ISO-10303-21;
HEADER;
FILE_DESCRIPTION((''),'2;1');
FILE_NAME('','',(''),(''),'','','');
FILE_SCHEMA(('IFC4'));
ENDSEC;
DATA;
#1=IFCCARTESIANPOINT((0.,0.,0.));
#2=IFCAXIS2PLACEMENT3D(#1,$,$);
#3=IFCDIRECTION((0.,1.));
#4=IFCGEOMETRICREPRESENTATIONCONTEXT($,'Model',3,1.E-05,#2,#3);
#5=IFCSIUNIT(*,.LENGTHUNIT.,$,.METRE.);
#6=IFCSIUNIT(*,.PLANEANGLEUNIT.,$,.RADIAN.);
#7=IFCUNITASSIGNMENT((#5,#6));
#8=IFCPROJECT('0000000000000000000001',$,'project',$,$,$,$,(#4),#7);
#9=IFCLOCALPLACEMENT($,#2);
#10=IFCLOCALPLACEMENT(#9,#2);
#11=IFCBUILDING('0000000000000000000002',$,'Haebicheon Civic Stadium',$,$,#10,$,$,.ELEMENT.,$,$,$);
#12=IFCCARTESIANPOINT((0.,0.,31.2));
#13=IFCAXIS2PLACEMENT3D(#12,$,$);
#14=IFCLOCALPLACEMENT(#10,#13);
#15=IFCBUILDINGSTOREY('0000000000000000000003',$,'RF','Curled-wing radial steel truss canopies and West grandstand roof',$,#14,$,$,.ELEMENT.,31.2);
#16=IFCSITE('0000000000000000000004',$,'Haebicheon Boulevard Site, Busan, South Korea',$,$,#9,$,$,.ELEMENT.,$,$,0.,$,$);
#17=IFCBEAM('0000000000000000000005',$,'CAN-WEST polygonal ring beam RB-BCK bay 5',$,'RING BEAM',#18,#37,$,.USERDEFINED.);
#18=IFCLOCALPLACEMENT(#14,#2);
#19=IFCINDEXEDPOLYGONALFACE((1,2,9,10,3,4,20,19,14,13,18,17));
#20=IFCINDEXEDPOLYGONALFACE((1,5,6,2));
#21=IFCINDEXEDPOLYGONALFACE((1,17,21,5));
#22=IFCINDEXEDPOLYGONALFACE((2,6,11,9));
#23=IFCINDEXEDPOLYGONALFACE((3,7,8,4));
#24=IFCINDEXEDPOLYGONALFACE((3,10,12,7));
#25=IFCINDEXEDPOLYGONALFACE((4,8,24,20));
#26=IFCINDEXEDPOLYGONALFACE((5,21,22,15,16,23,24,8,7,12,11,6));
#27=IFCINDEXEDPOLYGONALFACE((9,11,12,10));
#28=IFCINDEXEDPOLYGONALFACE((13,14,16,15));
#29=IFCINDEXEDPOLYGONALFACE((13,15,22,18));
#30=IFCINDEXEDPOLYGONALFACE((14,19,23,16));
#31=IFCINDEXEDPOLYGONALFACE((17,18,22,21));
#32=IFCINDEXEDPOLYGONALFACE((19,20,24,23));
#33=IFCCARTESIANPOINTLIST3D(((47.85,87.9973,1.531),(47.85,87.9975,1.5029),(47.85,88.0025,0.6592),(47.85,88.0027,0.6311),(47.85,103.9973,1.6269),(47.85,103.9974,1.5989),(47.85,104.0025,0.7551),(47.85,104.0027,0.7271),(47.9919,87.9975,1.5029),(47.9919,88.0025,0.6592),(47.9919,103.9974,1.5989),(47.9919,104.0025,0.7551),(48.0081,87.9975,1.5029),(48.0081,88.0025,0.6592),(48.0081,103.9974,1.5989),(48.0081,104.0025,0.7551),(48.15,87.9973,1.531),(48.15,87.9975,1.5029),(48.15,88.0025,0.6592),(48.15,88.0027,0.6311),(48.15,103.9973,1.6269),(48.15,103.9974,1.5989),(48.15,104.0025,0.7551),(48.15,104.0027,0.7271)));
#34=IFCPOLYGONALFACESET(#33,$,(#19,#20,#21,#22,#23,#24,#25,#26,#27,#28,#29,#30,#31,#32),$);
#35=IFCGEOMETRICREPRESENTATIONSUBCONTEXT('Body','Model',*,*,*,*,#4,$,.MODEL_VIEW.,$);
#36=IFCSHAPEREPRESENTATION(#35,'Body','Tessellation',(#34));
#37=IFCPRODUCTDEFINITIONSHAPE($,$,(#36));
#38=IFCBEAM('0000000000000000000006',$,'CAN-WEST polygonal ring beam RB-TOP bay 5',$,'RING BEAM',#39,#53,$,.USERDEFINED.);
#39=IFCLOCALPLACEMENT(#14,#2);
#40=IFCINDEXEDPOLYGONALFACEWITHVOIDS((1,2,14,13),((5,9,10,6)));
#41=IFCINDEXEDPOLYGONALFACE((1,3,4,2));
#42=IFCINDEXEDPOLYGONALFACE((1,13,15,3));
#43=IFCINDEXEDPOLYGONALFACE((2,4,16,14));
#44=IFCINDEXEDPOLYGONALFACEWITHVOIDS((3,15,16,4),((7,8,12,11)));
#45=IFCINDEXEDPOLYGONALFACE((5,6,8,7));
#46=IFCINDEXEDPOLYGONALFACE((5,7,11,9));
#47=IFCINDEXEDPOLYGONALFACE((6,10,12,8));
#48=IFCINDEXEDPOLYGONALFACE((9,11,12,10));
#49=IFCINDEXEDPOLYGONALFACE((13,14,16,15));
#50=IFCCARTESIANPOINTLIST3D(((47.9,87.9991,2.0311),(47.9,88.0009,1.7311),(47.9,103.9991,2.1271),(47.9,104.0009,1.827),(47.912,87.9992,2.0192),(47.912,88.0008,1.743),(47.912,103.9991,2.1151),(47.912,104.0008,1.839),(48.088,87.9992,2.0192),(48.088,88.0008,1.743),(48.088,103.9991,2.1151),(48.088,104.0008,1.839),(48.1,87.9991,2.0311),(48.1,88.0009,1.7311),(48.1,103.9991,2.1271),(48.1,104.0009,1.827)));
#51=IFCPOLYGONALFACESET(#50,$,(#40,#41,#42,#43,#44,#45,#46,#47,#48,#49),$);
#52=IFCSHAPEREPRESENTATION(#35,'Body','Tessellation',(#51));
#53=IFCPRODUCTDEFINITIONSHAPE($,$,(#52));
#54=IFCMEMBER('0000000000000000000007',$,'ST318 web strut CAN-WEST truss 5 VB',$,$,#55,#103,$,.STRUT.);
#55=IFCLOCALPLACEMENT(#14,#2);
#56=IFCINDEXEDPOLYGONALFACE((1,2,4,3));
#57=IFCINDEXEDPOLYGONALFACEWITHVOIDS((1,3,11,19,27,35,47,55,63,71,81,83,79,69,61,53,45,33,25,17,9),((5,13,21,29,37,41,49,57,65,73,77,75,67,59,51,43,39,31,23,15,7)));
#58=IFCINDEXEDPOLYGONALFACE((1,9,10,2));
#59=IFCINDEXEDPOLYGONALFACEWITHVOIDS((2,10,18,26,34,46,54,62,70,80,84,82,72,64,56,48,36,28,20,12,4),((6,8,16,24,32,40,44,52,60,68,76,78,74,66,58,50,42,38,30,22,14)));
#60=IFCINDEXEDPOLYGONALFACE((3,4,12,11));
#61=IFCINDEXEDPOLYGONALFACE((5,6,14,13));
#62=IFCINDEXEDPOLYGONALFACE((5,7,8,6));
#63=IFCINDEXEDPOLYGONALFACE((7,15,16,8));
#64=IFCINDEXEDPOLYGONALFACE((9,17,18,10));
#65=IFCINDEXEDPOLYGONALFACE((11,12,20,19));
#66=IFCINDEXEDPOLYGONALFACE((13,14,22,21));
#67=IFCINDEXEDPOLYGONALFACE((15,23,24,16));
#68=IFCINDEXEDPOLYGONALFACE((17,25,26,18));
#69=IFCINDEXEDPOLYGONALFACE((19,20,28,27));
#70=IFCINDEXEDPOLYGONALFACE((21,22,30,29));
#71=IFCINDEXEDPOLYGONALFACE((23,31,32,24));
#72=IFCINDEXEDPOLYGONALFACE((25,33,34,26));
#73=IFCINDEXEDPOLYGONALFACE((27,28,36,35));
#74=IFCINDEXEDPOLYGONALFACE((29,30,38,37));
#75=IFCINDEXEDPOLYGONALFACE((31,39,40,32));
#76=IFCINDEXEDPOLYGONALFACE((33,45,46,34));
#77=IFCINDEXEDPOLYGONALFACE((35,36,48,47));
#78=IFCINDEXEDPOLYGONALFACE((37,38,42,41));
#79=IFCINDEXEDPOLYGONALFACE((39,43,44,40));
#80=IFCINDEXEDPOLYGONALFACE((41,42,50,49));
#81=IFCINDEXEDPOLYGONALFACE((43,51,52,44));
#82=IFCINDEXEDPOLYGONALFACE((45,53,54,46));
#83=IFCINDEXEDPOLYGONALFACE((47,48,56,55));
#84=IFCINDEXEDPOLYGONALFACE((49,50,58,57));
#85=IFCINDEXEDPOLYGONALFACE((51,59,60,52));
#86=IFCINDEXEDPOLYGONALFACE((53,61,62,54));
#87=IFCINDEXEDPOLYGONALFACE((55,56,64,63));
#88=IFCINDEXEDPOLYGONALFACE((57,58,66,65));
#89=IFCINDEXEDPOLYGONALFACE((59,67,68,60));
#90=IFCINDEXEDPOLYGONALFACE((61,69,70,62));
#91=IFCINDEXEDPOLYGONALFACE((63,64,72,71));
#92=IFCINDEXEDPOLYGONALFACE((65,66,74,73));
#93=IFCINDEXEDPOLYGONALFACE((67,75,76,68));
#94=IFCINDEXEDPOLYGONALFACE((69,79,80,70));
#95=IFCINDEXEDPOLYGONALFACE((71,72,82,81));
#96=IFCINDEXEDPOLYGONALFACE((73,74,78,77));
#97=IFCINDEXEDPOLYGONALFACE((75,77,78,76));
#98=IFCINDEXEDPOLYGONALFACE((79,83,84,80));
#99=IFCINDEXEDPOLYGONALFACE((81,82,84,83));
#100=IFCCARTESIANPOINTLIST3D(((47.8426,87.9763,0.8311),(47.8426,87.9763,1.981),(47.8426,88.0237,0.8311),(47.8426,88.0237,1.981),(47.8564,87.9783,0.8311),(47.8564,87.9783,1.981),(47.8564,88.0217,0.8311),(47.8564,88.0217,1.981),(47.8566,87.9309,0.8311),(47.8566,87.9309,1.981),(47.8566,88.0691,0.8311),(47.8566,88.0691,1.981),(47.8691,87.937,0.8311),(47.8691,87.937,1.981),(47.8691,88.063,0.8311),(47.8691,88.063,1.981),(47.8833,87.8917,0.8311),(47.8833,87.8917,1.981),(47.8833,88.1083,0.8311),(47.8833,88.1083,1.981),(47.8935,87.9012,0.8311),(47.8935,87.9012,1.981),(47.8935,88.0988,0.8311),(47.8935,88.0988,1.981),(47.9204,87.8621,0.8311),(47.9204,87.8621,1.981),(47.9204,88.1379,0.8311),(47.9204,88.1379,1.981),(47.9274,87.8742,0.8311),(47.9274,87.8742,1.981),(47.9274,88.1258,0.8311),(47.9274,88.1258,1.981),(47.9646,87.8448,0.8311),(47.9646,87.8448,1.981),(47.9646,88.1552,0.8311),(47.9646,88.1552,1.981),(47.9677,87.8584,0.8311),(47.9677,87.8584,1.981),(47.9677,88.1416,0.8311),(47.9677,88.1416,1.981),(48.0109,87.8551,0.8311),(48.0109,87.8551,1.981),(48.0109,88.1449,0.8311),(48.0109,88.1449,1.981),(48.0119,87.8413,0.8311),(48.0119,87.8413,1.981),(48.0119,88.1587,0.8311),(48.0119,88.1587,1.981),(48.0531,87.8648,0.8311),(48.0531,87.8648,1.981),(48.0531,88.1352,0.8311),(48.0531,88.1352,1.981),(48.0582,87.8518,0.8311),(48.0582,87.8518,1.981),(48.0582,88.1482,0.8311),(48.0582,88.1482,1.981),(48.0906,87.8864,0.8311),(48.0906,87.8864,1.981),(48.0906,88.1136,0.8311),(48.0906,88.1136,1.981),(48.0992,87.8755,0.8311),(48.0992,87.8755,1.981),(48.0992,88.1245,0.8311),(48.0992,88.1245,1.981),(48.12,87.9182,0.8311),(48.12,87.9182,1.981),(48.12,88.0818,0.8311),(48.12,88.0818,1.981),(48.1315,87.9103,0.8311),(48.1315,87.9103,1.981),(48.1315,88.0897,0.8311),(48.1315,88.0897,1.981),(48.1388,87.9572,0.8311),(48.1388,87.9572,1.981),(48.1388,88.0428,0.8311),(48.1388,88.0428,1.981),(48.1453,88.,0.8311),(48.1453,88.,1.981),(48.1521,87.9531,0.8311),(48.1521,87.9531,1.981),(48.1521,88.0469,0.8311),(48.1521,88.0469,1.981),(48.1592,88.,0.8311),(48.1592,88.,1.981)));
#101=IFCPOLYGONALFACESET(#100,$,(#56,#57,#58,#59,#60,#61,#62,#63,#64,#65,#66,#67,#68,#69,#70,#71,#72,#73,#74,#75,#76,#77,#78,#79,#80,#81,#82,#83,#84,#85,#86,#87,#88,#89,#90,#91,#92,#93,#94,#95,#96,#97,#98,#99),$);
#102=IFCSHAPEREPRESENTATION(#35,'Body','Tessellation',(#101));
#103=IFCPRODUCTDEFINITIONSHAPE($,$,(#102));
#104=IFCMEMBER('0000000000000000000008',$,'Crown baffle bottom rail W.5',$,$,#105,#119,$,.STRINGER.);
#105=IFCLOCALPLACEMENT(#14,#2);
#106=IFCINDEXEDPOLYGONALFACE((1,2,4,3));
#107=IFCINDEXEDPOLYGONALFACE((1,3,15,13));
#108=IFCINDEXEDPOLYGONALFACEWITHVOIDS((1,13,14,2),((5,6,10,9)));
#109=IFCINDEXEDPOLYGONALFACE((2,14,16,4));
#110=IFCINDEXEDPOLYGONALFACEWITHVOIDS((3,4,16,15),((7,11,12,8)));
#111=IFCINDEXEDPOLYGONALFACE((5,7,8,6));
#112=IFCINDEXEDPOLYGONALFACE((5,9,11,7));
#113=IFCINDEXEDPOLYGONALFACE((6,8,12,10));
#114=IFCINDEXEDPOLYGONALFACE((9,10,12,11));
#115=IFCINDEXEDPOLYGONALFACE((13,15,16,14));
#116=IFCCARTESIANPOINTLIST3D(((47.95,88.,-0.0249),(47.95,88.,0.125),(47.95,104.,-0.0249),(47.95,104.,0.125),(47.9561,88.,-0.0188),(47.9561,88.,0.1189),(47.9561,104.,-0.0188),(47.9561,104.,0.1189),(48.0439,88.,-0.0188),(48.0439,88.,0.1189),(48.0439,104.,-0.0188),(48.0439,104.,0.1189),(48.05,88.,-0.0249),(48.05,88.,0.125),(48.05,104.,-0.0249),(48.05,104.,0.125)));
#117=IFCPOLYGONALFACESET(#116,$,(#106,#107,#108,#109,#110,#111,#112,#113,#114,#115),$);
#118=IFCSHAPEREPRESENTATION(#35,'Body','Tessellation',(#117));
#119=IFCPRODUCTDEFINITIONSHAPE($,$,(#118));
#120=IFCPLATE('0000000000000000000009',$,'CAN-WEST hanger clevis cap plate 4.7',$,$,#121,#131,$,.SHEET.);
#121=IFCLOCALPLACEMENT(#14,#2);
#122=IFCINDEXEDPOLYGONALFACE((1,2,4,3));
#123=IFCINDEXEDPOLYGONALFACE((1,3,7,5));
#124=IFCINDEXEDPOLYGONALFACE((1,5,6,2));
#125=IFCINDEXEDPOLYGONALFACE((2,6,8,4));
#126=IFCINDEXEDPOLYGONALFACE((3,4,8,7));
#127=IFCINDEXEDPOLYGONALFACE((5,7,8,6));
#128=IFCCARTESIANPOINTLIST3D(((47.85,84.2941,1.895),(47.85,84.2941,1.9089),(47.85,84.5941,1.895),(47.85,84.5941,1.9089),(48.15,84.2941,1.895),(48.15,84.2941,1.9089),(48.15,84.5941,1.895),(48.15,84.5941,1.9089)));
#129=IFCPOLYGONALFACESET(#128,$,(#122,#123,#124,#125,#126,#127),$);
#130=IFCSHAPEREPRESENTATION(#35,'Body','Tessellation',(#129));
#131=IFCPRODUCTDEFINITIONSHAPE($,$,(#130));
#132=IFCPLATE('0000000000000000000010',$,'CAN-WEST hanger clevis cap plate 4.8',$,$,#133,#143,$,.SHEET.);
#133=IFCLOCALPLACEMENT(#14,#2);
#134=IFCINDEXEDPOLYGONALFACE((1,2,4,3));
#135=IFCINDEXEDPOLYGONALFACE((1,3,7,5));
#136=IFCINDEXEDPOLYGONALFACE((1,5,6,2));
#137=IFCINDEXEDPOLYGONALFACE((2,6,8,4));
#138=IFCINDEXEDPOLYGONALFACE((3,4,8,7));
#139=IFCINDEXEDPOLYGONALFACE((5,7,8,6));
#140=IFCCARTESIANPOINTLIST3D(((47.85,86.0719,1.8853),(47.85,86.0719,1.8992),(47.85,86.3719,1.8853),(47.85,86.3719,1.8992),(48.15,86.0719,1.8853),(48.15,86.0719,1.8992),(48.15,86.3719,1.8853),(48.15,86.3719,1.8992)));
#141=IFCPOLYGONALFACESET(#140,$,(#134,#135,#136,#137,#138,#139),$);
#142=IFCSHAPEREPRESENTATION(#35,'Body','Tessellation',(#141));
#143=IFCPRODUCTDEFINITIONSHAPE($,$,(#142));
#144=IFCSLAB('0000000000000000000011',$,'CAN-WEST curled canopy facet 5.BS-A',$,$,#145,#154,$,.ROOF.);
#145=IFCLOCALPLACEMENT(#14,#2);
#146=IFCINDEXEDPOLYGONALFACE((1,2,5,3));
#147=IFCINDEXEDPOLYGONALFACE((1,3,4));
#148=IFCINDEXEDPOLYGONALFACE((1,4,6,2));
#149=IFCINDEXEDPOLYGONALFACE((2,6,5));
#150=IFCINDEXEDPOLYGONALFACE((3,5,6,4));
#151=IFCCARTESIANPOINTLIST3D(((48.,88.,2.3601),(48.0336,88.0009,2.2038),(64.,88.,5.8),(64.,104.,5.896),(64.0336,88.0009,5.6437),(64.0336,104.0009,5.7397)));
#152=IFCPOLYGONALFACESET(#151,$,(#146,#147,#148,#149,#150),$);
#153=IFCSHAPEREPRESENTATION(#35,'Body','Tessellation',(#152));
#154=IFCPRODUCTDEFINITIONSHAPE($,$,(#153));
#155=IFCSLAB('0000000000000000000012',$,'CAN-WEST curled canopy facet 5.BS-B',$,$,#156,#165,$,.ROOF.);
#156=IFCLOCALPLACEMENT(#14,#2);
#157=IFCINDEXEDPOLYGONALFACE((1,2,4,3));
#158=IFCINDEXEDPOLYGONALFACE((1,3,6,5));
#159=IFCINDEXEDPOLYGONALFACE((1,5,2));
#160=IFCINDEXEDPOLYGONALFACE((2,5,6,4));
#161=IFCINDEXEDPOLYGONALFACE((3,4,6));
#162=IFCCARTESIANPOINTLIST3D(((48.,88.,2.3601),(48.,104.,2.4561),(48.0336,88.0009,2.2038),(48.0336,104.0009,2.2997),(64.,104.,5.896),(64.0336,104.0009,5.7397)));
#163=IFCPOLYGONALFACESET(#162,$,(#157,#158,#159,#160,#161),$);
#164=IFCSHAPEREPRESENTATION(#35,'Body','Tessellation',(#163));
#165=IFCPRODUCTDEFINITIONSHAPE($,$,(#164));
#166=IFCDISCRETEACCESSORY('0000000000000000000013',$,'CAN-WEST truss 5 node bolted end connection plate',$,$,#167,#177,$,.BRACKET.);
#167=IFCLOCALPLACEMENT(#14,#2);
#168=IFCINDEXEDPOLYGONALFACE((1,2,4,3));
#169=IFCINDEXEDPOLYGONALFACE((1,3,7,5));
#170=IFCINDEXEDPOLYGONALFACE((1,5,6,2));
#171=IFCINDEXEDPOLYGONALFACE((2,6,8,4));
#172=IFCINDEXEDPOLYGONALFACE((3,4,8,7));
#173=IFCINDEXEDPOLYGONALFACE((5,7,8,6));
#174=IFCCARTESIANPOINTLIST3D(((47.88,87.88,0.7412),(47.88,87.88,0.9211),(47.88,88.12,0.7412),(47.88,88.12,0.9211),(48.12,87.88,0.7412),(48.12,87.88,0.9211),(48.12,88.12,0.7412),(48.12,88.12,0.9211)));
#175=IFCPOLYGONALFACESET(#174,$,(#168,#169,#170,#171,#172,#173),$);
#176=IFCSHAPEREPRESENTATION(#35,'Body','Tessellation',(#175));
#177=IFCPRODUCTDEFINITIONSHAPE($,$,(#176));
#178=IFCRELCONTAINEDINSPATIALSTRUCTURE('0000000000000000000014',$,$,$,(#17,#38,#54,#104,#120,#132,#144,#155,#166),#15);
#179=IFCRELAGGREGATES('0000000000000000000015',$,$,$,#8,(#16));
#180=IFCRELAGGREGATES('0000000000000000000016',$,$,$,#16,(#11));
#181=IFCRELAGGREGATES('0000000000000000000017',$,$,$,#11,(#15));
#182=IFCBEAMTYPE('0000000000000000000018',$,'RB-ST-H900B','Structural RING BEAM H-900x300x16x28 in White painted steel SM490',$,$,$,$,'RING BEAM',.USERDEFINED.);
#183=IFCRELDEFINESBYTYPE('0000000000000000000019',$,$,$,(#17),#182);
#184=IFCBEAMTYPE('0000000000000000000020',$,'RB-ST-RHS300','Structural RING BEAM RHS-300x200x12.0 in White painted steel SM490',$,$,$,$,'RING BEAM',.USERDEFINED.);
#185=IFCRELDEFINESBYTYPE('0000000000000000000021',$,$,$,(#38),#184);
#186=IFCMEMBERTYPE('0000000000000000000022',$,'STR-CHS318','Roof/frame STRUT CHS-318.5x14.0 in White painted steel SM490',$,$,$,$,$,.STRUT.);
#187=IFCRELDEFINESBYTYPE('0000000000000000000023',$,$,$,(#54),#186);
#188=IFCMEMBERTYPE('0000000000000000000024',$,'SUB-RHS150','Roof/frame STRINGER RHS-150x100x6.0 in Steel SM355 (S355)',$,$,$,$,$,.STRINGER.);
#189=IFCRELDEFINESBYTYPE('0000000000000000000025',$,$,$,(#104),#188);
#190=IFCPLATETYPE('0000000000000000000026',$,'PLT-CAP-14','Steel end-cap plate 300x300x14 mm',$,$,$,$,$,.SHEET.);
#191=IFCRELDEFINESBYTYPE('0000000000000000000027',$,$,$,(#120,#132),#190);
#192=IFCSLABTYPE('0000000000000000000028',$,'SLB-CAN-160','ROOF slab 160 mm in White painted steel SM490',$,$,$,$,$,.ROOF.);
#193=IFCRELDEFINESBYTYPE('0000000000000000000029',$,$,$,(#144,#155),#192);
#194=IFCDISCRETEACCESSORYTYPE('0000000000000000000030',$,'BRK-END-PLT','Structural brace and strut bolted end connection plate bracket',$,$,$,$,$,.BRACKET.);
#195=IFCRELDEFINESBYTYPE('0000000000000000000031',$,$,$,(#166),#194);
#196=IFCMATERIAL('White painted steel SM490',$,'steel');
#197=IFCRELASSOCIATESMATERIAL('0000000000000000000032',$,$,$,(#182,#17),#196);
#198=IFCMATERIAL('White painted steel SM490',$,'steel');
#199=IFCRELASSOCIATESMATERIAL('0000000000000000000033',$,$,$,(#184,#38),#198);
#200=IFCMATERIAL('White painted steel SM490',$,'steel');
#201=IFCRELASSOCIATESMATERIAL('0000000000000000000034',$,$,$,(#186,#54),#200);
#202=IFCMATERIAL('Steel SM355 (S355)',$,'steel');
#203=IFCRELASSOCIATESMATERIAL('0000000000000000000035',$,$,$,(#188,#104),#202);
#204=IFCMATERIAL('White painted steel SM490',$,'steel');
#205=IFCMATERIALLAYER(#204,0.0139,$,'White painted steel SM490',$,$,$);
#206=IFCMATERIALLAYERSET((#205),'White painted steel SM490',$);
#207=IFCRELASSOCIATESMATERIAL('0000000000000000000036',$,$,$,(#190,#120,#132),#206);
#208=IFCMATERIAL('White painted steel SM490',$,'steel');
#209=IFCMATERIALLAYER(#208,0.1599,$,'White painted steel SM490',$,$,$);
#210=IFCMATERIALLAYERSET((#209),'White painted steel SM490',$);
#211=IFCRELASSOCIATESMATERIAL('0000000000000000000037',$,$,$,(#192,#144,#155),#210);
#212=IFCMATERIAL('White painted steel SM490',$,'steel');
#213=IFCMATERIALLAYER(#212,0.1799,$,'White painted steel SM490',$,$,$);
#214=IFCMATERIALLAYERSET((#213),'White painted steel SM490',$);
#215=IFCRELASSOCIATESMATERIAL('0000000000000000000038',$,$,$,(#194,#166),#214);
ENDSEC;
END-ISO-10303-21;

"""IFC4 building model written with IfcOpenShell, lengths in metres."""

from ifc_helpers import new_model, si_unit, direction, frame, origin, origin_2d, place, context, subcontext, project, spatial, polyline, rectangle, hollow_rectangle, hollow_circle, i_section, outline, extrude, material, layer, layer_set, material_profile, profile_set, type_object, element, save


model = new_model("IFC4")

# Units and contexts
model_context = context("Model", 3, precision=1e-05, world=origin(), true_north=direction((0.0, 1.0)))
body_context = subcontext(model_context, "Body", "Model", "MODEL_VIEW")
ifc_project = project(units=[si_unit("LENGTHUNIT", "METRE"), si_unit("PLANEANGLEUNIT", "RADIAN")], contexts=[model_context])

# Site, building, storey
site_placement = place(None, origin())
site = spatial("IfcSite", under=ifc_project, at=site_placement, Name="Haebicheon Boulevard Site, Busan, South Korea", CompositionType="ELEMENT", RefElevation=0.0)
building_placement = place(site_placement, origin())
building = spatial("IfcBuilding", under=site, at=building_placement, Name="Haebicheon Civic Stadium", CompositionType="ELEMENT")
storey_placement = place(building_placement, frame((0.0, 0.0, 31.2)))
storey = spatial("IfcBuildingStorey", under=building, at=storey_placement, Name="RF", Description="Curled-wing radial steel truss canopies and West grandstand roof", CompositionType="ELEMENT", Elevation=31.2)

# Beams
ifc_material_1 = material(Name="White painted steel SM490", Category="steel")
ifc_material_profile_1 = material_profile(ifc_material_1, i_section(OverallWidth=0.3, OverallDepth=0.8999, WebThickness=0.0161, FlangeThickness=0.0281, at=origin_2d()), Name="H-900x300x16x28")
ifc_profile_set_1 = profile_set([ifc_material_profile_1], Name="White painted steel SM490")
beam_type_1 = type_object("IfcBeamType", Name="RB-ST-H900B", Description="Structural RING BEAM H-900x300x16x28 in White painted steel SM490", ElementType="RING BEAM", PredefinedType="USERDEFINED", material=ifc_profile_set_1)
beam_1_placement = place(storey_placement, frame((48.0, 88.0, 1.0811), z_axis=(0.0, 0.999982, 0.005997), x_axis=(-1.0, 0.0, 0.0)))
element("IfcBeam", 1, at=beam_1_placement, inside=storey, type_object=beam_type_1, material=ifc_profile_set_1, Name="CAN-WEST polygonal ring beam RB-BCK bay 5", ObjectType="RING BEAM", PredefinedType="USERDEFINED", context=body_context, shape_type="SweptSolid", body=[
    extrude(i_section(OverallWidth=0.3, OverallDepth=0.8999, WebThickness=0.0161, FlangeThickness=0.0281, at=origin_2d()), origin(), (0.0, 0.0, 1.0), 16.0002),
])
ifc_material_2 = material(Name="White painted steel SM490", Category="steel")
ifc_material_profile_2 = material_profile(ifc_material_2, hollow_rectangle(XDim=0.2, YDim=0.3, WallThickness=0.012, at=origin_2d()), Name="RHS-300x200x12.0")
ifc_profile_set_2 = profile_set([ifc_material_profile_2], Name="White painted steel SM490")
beam_type_2 = type_object("IfcBeamType", Name="RB-ST-RHS300", Description="Structural RING BEAM RHS-300x200x12.0 in White painted steel SM490", ElementType="RING BEAM", PredefinedType="USERDEFINED", material=ifc_profile_set_2)
beam_2_placement = place(storey_placement, frame((48.0, 88.0, 1.8811), z_axis=(0.0, 0.999982, 0.005997), x_axis=(-1.0, 0.0, 0.0)))
element("IfcBeam", 2, at=beam_2_placement, inside=storey, type_object=beam_type_2, material=ifc_profile_set_2, Name="CAN-WEST polygonal ring beam RB-TOP bay 5", ObjectType="RING BEAM", PredefinedType="USERDEFINED", context=body_context, shape_type="SweptSolid", body=[
    extrude(hollow_rectangle(XDim=0.2, YDim=0.3, WallThickness=0.012, at=origin_2d()), origin(), (0.0, 0.0, 1.0), 16.0002),
])

# Members
ifc_material_3 = material(Name="White painted steel SM490", Category="steel")
ifc_material_profile_3 = material_profile(ifc_material_3, hollow_circle(Radius=0.1592, WallThickness=0.0139, at=origin_2d()), Name="CHS-318.5x14.0")
ifc_profile_set_3 = profile_set([ifc_material_profile_3], Name="White painted steel SM490")
member_type_1 = type_object("IfcMemberType", Name="STR-CHS318", Description="Roof/frame STRUT CHS-318.5x14.0 in White painted steel SM490", PredefinedType="STRUT", material=ifc_profile_set_3)
member_1_placement = place(storey_placement, frame((48.0, 88.0, 0.8311), z_axis=(0.0, 0.0, 1.0), x_axis=(1.0, 0.0, 0.0)))
element("IfcMember", 3, at=member_1_placement, inside=storey, type_object=member_type_1, material=ifc_profile_set_3, Name="ST318 web strut CAN-WEST truss 5 VB", PredefinedType="STRUT", context=body_context, shape_type="SweptSolid", body=[
    extrude(hollow_circle(Radius=0.1592, WallThickness=0.0139, at=origin_2d()), origin(), (0.0, 0.0, 1.0), 1.1499),
])
ifc_material_4 = material(Name="Steel SM355 (S355)", Category="steel")
ifc_material_profile_4 = material_profile(ifc_material_4, hollow_rectangle(XDim=0.1001, YDim=0.1499, WallThickness=0.0061, at=origin_2d()), Name="RHS-150x100x6.0")
ifc_profile_set_4 = profile_set([ifc_material_profile_4], Name="Steel SM355 (S355)")
member_type_2 = type_object("IfcMemberType", Name="SUB-RHS150", Description="Roof/frame STRINGER RHS-150x100x6.0 in Steel SM355 (S355)", PredefinedType="STRINGER", material=ifc_profile_set_4)
member_2_placement = place(storey_placement, frame((48.0, 88.0, 0.05), z_axis=(0.0, 1.0, 0.0), x_axis=(-1.0, 0.0, 0.0)))
element("IfcMember", 4, at=member_2_placement, inside=storey, type_object=member_type_2, material=ifc_profile_set_4, Name="Crown baffle bottom rail W.5", PredefinedType="STRINGER", context=body_context, shape_type="SweptSolid", body=[
    extrude(hollow_rectangle(XDim=0.1001, YDim=0.1499, WallThickness=0.0061, at=origin_2d()), origin(), (0.0, 0.0, 1.0), 16.0),
])

# Plates
ifc_material_5 = material(Name="White painted steel SM490", Category="steel")
ifc_layer_1 = layer(ifc_material_5, 0.0139, Name="White painted steel SM490")
ifc_layer_set_1 = layer_set([ifc_layer_1], Name="White painted steel SM490")
plate_type = type_object("IfcPlateType", Name="PLT-CAP-14", Description="Steel end-cap plate 300x300x14 mm", PredefinedType="SHEET", material=ifc_layer_set_1)
for number, where, z_axis, x_axis, name in (
    (5, (48.0, 84.4441, 1.895), (0.0, 0.0, 1.0), (1.0, 0.0, 0.0), "CAN-WEST hanger clevis cap plate 4.7"),
    (6, (48.0, 86.2219, 1.8853), (0.0, 0.0, 1.0), (1.0, 0.0, 0.0), "CAN-WEST hanger clevis cap plate 4.8"),
):
    element("IfcPlate", number, at=place(storey_placement, frame(where, z_axis=z_axis, x_axis=x_axis)), inside=storey, type_object=plate_type, material=ifc_layer_set_1, Name=name, PredefinedType="SHEET", context=body_context, shape_type="SweptSolid", body=[
        extrude(rectangle(XDim=0.3, YDim=0.3, at=origin_2d()), origin(), (0.0, 0.0, 1.0), 0.0139),
    ])

# Slabs
ifc_material_6 = material(Name="White painted steel SM490", Category="steel")
ifc_layer_2 = layer(ifc_material_6, 0.1599, Name="White painted steel SM490")
ifc_layer_set_2 = layer_set([ifc_layer_2], Name="White painted steel SM490")
slab_type = type_object("IfcSlabType", Name="SLB-CAN-160", Description="ROOF slab 160 mm in White painted steel SM490", PredefinedType="ROOF", material=ifc_layer_set_2)
slab_1_placement = place(storey_placement, frame((48.0, 88.0, 2.3601), z_axis=(-0.21019, -0.005863, 0.977643), x_axis=(0.97766, 0.0, 0.210193)))
element("IfcSlab", 7, at=slab_1_placement, inside=storey, type_object=slab_type, material=ifc_layer_set_2, Name="CAN-WEST curled canopy facet 5.BS-A", PredefinedType="ROOF", context=body_context, shape_type="SweptSolid", body=[
    extrude(outline(polyline([(0.0, 0.0), (16.3656, 0.0), (16.3858, 16.0003), (0.0, 0.0)])), origin(), (0.0, 0.0, -1.0), 0.1599),
])
slab_2_placement = place(storey_placement, frame((48.0, 88.0, 2.3601), z_axis=(-0.21019, -0.005863, 0.977643), x_axis=(0.698628, 0.698628, 0.154392)))
element("IfcSlab", 8, at=slab_2_placement, inside=storey, type_object=slab_type, material=ifc_layer_set_2, Name="CAN-WEST curled canopy facet 5.BS-B", PredefinedType="ROOF", context=body_context, shape_type="SweptSolid", body=[
    extrude(outline(polyline([(0.0, 0.0), (22.902, 0.0), (11.1929, 11.4337), (0.0, 0.0)])), origin(), (0.0, 0.0, -1.0), 0.1599),
])

# Discrete accessory
ifc_material_7 = material(Name="White painted steel SM490", Category="steel")
ifc_layer_3 = layer(ifc_material_7, 0.1799, Name="White painted steel SM490")
ifc_layer_set_3 = layer_set([ifc_layer_3], Name="White painted steel SM490")
discrete_accessory_type = type_object("IfcDiscreteAccessoryType", Name="BRK-END-PLT", Description="Structural brace and strut bolted end connection plate bracket", PredefinedType="BRACKET", material=ifc_layer_set_3)
for number, where, z_axis, x_axis, name in (
    (9, (48.0, 88.0, 0.7412), (0.0, 0.0, 1.0), (1.0, 0.0, 0.0), "CAN-WEST truss 5 node bolted end connection plate"),
):
    element("IfcDiscreteAccessory", number, at=place(storey_placement, frame(where, z_axis=z_axis, x_axis=x_axis)), inside=storey, type_object=discrete_accessory_type, material=ifc_layer_set_3, Name=name, PredefinedType="BRACKET", context=body_context, shape_type="SweptSolid", body=[
        extrude(rectangle(XDim=0.24, YDim=0.24, at=origin_2d()), origin(), (0.0, 0.0, 1.0), 0.1799),
    ])

save(model, "model.ifc")
